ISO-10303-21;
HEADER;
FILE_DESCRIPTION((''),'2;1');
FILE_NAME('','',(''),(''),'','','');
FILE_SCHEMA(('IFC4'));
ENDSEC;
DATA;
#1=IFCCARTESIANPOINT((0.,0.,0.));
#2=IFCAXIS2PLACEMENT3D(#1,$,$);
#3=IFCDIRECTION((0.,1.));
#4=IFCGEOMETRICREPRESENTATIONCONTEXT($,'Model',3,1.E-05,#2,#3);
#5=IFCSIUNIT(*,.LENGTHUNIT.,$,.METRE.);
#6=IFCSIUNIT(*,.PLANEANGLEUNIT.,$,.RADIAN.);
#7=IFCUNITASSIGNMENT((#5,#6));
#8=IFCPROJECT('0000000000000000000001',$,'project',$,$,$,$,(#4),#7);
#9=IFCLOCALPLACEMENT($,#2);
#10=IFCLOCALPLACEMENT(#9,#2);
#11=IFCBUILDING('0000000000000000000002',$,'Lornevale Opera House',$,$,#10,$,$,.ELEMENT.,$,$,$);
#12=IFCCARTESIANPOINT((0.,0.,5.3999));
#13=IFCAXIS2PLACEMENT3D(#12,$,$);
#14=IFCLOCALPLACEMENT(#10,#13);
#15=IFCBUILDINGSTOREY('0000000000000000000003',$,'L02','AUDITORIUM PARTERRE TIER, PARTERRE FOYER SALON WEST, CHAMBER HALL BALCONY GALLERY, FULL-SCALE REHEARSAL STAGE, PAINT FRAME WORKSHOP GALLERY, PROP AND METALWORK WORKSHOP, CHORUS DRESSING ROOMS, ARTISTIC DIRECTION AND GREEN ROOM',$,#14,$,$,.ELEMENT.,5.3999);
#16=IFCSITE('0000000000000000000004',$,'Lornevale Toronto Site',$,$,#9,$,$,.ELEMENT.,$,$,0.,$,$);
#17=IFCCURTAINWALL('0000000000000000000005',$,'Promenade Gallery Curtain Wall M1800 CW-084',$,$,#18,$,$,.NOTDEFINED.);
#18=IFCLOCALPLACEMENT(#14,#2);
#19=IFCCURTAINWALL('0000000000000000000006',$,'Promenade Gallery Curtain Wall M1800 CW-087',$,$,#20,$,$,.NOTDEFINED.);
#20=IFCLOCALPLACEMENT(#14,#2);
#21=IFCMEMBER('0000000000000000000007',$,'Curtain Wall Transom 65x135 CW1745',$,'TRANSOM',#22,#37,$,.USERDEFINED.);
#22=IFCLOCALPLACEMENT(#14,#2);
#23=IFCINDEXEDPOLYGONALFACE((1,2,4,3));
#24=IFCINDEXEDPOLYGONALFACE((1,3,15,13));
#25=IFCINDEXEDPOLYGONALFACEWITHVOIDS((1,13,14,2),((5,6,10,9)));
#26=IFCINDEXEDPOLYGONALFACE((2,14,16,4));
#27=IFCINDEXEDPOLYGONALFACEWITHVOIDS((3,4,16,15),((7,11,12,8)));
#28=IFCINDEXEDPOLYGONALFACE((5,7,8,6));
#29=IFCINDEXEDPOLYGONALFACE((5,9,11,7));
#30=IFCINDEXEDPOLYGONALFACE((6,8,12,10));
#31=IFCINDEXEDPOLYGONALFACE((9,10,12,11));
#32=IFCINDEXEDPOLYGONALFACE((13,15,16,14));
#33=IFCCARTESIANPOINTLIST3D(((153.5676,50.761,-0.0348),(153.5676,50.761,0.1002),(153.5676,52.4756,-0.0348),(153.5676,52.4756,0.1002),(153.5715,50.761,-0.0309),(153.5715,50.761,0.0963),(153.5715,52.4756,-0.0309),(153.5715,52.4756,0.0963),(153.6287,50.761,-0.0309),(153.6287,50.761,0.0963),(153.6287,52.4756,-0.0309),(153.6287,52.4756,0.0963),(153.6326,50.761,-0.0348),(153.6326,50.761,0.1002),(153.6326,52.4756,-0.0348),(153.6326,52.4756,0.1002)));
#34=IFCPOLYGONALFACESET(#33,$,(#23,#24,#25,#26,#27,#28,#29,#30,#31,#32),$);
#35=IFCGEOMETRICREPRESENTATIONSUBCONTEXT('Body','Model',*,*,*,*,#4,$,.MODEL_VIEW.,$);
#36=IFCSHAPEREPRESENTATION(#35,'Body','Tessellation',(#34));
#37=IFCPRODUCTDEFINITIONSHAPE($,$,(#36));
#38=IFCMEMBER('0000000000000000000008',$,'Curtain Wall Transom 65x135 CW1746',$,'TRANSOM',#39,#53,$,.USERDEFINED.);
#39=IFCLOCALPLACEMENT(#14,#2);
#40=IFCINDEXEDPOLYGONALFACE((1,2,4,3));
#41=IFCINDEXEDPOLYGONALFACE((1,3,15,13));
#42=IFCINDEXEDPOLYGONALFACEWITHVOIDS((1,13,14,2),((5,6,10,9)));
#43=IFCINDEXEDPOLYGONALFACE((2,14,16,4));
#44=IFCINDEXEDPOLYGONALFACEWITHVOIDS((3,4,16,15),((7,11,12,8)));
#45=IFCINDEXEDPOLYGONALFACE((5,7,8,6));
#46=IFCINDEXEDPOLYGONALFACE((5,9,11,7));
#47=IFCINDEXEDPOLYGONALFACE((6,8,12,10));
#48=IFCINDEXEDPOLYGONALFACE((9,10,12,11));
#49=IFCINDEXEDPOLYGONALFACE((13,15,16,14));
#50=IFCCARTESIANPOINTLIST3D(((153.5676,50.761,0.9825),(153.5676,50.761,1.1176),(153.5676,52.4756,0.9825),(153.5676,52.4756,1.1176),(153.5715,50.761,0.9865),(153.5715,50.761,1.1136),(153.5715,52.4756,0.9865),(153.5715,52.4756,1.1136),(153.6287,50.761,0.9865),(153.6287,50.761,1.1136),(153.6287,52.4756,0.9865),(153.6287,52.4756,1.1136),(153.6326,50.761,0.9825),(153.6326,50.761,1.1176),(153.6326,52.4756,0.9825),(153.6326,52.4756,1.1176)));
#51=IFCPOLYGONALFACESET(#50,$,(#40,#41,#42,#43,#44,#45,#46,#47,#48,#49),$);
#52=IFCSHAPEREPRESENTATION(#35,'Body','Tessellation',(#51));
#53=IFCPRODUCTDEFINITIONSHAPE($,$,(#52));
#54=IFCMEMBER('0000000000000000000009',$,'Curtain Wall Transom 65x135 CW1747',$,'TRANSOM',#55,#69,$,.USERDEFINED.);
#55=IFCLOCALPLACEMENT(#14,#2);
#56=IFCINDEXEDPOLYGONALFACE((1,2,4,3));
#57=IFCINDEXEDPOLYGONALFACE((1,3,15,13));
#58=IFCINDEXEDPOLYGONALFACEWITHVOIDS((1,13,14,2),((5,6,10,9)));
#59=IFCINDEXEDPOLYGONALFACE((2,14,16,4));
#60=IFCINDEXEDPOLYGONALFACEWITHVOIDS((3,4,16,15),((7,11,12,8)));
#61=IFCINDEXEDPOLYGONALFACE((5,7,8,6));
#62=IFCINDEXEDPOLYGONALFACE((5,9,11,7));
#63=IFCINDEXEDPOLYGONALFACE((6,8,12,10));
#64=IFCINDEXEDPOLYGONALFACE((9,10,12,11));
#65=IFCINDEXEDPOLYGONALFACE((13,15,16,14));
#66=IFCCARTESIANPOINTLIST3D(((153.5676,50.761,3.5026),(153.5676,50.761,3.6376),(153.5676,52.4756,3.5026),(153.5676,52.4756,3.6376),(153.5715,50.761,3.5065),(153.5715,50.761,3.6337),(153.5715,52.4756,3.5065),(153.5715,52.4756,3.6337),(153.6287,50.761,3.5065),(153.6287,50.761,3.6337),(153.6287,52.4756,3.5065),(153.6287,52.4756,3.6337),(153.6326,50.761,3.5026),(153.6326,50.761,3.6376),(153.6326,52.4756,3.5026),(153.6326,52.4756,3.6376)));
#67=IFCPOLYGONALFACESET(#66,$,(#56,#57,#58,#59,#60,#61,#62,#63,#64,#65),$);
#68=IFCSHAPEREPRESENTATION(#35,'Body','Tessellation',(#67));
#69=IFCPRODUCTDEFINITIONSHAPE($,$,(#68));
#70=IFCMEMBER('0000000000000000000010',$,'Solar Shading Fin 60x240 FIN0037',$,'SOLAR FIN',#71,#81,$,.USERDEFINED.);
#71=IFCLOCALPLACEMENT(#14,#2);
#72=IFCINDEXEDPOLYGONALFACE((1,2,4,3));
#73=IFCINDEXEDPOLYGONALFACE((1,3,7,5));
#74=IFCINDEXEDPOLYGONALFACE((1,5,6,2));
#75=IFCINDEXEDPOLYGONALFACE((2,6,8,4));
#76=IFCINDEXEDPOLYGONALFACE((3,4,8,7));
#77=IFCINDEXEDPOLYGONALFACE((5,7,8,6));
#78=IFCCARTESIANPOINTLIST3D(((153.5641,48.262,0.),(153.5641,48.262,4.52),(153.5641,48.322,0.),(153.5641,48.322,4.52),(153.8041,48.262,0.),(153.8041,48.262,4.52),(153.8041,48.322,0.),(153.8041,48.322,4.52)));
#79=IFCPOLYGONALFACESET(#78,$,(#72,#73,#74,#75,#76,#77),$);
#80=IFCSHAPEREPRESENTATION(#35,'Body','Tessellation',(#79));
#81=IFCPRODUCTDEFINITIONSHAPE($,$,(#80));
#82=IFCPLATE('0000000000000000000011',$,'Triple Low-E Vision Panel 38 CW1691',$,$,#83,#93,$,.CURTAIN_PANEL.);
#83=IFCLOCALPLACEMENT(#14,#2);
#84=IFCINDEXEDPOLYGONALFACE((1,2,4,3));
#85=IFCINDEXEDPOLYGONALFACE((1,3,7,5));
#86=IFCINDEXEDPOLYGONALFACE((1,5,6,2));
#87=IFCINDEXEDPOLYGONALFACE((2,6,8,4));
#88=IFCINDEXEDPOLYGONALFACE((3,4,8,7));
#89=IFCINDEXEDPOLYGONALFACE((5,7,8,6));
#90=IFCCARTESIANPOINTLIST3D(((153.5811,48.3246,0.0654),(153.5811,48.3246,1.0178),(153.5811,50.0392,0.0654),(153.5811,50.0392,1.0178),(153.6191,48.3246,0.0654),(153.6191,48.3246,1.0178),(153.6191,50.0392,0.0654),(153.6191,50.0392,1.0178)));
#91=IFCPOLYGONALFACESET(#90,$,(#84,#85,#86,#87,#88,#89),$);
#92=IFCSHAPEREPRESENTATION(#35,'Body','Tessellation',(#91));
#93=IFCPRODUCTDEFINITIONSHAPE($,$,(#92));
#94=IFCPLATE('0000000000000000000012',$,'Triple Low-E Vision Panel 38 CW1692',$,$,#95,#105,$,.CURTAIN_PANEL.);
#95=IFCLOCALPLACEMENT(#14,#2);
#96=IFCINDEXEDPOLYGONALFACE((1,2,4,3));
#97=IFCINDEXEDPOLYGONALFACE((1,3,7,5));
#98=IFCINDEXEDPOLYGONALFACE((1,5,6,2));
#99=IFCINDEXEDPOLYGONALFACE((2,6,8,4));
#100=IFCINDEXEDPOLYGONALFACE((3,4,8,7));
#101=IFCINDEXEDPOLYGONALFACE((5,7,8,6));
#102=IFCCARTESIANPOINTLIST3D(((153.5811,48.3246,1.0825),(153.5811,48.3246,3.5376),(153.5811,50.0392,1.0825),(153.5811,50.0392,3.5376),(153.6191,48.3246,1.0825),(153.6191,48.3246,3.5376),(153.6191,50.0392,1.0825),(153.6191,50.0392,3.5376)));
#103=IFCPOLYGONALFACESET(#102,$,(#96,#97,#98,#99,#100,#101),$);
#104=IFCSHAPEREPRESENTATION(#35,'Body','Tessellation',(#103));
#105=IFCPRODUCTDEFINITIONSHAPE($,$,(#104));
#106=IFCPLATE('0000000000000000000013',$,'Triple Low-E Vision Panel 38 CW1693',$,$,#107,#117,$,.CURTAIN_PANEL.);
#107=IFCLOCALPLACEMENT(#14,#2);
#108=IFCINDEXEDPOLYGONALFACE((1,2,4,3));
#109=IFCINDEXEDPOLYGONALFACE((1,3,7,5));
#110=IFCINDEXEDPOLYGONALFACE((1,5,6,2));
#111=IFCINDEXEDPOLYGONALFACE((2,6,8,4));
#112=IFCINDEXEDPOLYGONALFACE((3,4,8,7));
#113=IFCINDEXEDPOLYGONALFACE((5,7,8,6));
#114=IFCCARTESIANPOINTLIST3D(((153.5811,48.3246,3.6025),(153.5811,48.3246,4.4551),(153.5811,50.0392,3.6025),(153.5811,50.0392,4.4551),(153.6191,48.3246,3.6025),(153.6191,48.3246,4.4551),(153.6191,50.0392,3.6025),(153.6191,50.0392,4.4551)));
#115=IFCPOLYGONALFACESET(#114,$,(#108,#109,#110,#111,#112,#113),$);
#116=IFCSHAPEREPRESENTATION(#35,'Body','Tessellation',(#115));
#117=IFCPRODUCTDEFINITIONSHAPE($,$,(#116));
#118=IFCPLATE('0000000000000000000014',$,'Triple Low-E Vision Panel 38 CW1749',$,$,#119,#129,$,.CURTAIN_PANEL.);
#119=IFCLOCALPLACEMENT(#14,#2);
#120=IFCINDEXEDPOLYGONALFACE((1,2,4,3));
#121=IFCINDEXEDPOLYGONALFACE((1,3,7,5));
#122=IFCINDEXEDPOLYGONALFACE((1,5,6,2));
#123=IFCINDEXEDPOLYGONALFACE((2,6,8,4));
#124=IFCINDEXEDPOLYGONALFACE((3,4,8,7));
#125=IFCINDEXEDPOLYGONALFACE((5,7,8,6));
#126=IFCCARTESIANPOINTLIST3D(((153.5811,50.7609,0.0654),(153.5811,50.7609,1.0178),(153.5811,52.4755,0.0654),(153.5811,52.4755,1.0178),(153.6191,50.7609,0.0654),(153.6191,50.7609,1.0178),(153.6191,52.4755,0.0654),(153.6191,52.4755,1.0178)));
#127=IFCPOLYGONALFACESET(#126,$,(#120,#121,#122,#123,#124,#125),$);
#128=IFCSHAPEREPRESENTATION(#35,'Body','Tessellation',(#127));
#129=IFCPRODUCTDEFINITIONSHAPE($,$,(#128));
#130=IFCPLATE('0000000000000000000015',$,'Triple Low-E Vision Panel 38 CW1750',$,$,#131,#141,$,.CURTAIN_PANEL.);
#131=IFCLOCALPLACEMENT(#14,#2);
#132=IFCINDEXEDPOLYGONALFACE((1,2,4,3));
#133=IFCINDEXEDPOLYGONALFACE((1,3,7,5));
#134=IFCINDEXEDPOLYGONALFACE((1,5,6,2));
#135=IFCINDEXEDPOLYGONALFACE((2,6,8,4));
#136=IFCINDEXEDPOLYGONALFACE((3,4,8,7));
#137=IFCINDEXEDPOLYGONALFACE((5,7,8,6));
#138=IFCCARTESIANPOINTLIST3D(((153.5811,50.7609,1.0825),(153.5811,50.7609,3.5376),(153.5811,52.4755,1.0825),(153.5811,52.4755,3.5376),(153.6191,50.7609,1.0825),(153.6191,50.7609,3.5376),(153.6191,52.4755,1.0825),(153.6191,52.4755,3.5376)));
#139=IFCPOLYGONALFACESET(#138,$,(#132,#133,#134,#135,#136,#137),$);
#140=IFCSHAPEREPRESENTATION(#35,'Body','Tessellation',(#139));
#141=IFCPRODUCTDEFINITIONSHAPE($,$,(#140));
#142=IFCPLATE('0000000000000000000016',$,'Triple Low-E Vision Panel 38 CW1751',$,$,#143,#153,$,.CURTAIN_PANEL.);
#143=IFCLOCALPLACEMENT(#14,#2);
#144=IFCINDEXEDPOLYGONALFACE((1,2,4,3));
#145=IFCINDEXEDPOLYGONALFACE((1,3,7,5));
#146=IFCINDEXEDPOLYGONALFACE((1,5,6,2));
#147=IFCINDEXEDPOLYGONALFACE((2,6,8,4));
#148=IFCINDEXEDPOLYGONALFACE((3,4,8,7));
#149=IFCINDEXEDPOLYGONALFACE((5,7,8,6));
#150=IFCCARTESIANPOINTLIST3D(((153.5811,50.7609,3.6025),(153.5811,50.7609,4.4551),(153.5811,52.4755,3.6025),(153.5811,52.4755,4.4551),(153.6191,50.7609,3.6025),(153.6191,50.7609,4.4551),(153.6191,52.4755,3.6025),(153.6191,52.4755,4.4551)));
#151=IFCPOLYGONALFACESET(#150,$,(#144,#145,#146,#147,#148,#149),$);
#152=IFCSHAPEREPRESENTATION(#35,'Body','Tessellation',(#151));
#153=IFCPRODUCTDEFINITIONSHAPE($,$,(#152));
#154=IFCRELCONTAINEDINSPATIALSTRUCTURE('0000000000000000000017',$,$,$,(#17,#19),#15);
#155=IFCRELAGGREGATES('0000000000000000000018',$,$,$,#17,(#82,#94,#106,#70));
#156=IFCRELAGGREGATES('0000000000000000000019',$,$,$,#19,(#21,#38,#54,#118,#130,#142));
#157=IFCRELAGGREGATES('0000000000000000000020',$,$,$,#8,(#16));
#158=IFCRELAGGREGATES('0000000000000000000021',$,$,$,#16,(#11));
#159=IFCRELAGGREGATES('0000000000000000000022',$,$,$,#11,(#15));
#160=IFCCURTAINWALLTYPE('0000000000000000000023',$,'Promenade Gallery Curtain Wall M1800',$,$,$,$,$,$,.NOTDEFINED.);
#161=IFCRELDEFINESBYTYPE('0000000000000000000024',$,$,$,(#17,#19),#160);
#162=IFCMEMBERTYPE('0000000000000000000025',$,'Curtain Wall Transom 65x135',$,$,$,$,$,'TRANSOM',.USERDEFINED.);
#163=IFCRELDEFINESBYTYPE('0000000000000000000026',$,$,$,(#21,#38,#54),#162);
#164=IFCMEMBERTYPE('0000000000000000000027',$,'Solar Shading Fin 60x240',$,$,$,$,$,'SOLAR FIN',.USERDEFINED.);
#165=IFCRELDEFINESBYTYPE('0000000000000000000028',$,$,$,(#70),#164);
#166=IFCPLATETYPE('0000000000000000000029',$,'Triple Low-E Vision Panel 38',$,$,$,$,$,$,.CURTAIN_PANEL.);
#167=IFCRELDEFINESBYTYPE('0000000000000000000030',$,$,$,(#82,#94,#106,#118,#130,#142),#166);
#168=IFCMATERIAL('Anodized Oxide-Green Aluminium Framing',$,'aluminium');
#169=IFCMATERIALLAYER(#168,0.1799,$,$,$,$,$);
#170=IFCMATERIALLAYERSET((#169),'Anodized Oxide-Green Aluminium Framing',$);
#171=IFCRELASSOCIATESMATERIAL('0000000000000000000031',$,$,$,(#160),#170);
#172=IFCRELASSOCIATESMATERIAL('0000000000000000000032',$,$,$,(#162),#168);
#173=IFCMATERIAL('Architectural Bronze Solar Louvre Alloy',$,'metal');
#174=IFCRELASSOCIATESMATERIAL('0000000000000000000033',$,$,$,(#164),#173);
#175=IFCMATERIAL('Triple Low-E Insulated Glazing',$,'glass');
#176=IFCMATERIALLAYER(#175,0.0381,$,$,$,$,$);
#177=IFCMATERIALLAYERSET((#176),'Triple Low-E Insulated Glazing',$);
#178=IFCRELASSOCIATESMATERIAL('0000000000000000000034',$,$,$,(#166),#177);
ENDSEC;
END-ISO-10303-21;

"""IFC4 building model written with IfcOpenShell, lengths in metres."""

from ifc_helpers import new_model, si_unit, direction, frame, origin, origin_2d, place, context, subcontext, project, spatial, rectangle, hollow_rectangle, extrude, material, layer, layer_set, material_profile, profile_set, type_object, element, aggregate, save


model = new_model("IFC4")

# Units and contexts
model_context = context("Model", 3, precision=1e-05, world=origin(), true_north=direction((0.0, 1.0)))
body_context = subcontext(model_context, "Body", "Model", "MODEL_VIEW")
ifc_project = project(units=[si_unit("LENGTHUNIT", "METRE"), si_unit("PLANEANGLEUNIT", "RADIAN")], contexts=[model_context])

# Site, building, storey
site_placement = place(None, origin())
site = spatial("IfcSite", under=ifc_project, at=site_placement, Name="Lornevale Toronto Site", CompositionType="ELEMENT", RefElevation=0.0)
building_placement = place(site_placement, origin())
building = spatial("IfcBuilding", under=site, at=building_placement, Name="Lornevale Opera House", CompositionType="ELEMENT")
storey_placement = place(building_placement, frame((0.0, 0.0, 5.3999)))
storey = spatial("IfcBuildingStorey", under=building, at=storey_placement, Name="L02", Description="AUDITORIUM PARTERRE TIER, PARTERRE FOYER SALON WEST, CHAMBER HALL BALCONY GALLERY, FULL-SCALE REHEARSAL STAGE, PAINT FRAME WORKSHOP GALLERY, PROP AND METALWORK WORKSHOP, CHORUS DRESSING ROOMS, ARTISTIC DIRECTION AND GREEN ROOM", CompositionType="ELEMENT", Elevation=5.3999)

# Curtain wall
ifc_material_1 = material(Name="Anodized Oxide-Green Aluminium Framing", Category="aluminium")
ifc_layer_1 = layer(ifc_material_1, 0.1799)
ifc_layer_set_1 = layer_set([ifc_layer_1], Name="Anodized Oxide-Green Aluminium Framing")
curtain_wall_type = type_object("IfcCurtainWallType", Name="Promenade Gallery Curtain Wall M1800", PredefinedType="NOTDEFINED", material=ifc_layer_set_1)
curtain_wall_1_placement = place(storey_placement, origin())
curtain_wall_1 = element("IfcCurtainWall", 1, at=curtain_wall_1_placement, inside=storey, type_object=curtain_wall_type, Name="Promenade Gallery Curtain Wall M1800 CW-084", PredefinedType="NOTDEFINED")

# Curtain wall
curtain_wall_2_placement = place(storey_placement, origin())
curtain_wall_2 = element("IfcCurtainWall", 2, at=curtain_wall_2_placement, inside=storey, type_object=curtain_wall_type, Name="Promenade Gallery Curtain Wall M1800 CW-087", PredefinedType="NOTDEFINED")

# Members
ifc_material_profile_1 = material_profile(ifc_material_1, hollow_rectangle(XDim=0.0649, YDim=0.135, WallThickness=0.0039, at=origin_2d()), Name="ALU65x135x4")
ifc_profile_set_1 = profile_set([ifc_material_profile_1], Name="Anodized Oxide-Green Aluminium Framing")
member_type_1 = type_object("IfcMemberType", Name="Curtain Wall Transom 65x135", ElementType="TRANSOM", PredefinedType="USERDEFINED", material=ifc_profile_set_1)
member_1_placement = place(storey_placement, frame((153.6001, 52.4756, 0.0327), z_axis=(0.0, -1.0, 0.0), x_axis=(1.0, 0.0, 0.0)))
member_1 = element("IfcMember", 3, at=member_1_placement, type_object=member_type_1, Name="Curtain Wall Transom 65x135 CW1745", ObjectType="TRANSOM", PredefinedType="USERDEFINED", context=body_context, shape_type="SweptSolid", body=[
    extrude(hollow_rectangle(XDim=0.0649, YDim=0.135, WallThickness=0.0039, at=origin_2d()), origin(), (0.0, 0.0, 1.0), 1.7146),
])
member_2_placement = place(storey_placement, frame((153.6001, 52.4756, 1.05), z_axis=(0.0, -1.0, 0.0), x_axis=(1.0, 0.0, 0.0)))
member_2 = element("IfcMember", 4, at=member_2_placement, type_object=member_type_1, Name="Curtain Wall Transom 65x135 CW1746", ObjectType="TRANSOM", PredefinedType="USERDEFINED", context=body_context, shape_type="SweptSolid", body=[
    extrude(hollow_rectangle(XDim=0.0649, YDim=0.135, WallThickness=0.0039, at=origin_2d()), origin(), (0.0, 0.0, 1.0), 1.7146),
])
member_3_placement = place(storey_placement, frame((153.6001, 52.4756, 3.5701), z_axis=(0.0, -1.0, 0.0), x_axis=(1.0, 0.0, 0.0)))
member_3 = element("IfcMember", 5, at=member_3_placement, type_object=member_type_1, Name="Curtain Wall Transom 65x135 CW1747", ObjectType="TRANSOM", PredefinedType="USERDEFINED", context=body_context, shape_type="SweptSolid", body=[
    extrude(hollow_rectangle(XDim=0.0649, YDim=0.135, WallThickness=0.0039, at=origin_2d()), origin(), (0.0, 0.0, 1.0), 1.7146),
])
ifc_material_2 = material(Name="Architectural Bronze Solar Louvre Alloy", Category="metal")
ifc_material_profile_2 = material_profile(ifc_material_2, rectangle(XDim=0.0601, YDim=0.24, at=origin_2d()), Name="FIN60x240")
ifc_profile_set_2 = profile_set([ifc_material_profile_2], Name="Architectural Bronze Solar Louvre Alloy")
member_type_2 = type_object("IfcMemberType", Name="Solar Shading Fin 60x240", ElementType="SOLAR FIN", PredefinedType="USERDEFINED", material=ifc_profile_set_2)
member_4_placement = place(storey_placement, frame((153.6841, 48.292, 0.0), z_axis=(0.0, 0.0, 1.0), x_axis=(0.0, -1.0, 0.0)))
member_4 = element("IfcMember", 6, at=member_4_placement, type_object=member_type_2, Name="Solar Shading Fin 60x240 FIN0037", ObjectType="SOLAR FIN", PredefinedType="USERDEFINED", context=body_context, shape_type="SweptSolid", body=[
    extrude(rectangle(XDim=0.0601, YDim=0.24, at=origin_2d()), origin(), (0.0, 0.0, 1.0), 4.52),
])

# Plates
ifc_material_3 = material(Name="Triple Low-E Insulated Glazing", Category="glass")
ifc_layer_2 = layer(ifc_material_3, 0.0381)
ifc_layer_set_2 = layer_set([ifc_layer_2], Name="Triple Low-E Insulated Glazing")
plate_type = type_object("IfcPlateType", Name="Triple Low-E Vision Panel 38", PredefinedType="CURTAIN_PANEL", material=ifc_layer_set_2)
plate_1_placement = place(storey_placement, frame((153.6001, 49.1819, 0.0654), z_axis=(0.0, 0.0, 1.0), x_axis=(0.0, -1.0, 0.0)))
plate_1 = element("IfcPlate", 7, at=plate_1_placement, type_object=plate_type, Name="Triple Low-E Vision Panel 38 CW1691", PredefinedType="CURTAIN_PANEL", context=body_context, shape_type="SweptSolid", body=[
    extrude(rectangle(XDim=1.7146, YDim=0.0381, at=origin_2d()), origin(), (0.0, 0.0, 1.0), 0.9524),
])
plate_2_placement = place(storey_placement, frame((153.6001, 49.1819, 1.0825), z_axis=(0.0, 0.0, 1.0), x_axis=(0.0, -1.0, 0.0)))
plate_2 = element("IfcPlate", 8, at=plate_2_placement, type_object=plate_type, Name="Triple Low-E Vision Panel 38 CW1692", PredefinedType="CURTAIN_PANEL", context=body_context, shape_type="SweptSolid", body=[
    extrude(rectangle(XDim=1.7146, YDim=0.0381, at=origin_2d()), origin(), (0.0, 0.0, 1.0), 2.4551),
])
plate_3_placement = place(storey_placement, frame((153.6001, 49.1819, 3.6025), z_axis=(0.0, 0.0, 1.0), x_axis=(0.0, -1.0, 0.0)))
plate_3 = element("IfcPlate", 9, at=plate_3_placement, type_object=plate_type, Name="Triple Low-E Vision Panel 38 CW1693", PredefinedType="CURTAIN_PANEL", context=body_context, shape_type="SweptSolid", body=[
    extrude(rectangle(XDim=1.7146, YDim=0.0381, at=origin_2d()), origin(), (0.0, 0.0, 1.0), 0.8525),
])
aggregate(curtain_wall_1, [plate_1, plate_2, plate_3, member_4])
plate_4_placement = place(storey_placement, frame((153.6001, 51.6182, 0.0654), z_axis=(0.0, 0.0, 1.0), x_axis=(0.0, -1.0, 0.0)))
plate_4 = element("IfcPlate", 10, at=plate_4_placement, type_object=plate_type, Name="Triple Low-E Vision Panel 38 CW1749", PredefinedType="CURTAIN_PANEL", context=body_context, shape_type="SweptSolid", body=[
    extrude(rectangle(XDim=1.7146, YDim=0.0381, at=origin_2d()), origin(), (0.0, 0.0, 1.0), 0.9524),
])
plate_5_placement = place(storey_placement, frame((153.6001, 51.6182, 1.0825), z_axis=(0.0, 0.0, 1.0), x_axis=(0.0, -1.0, 0.0)))
plate_5 = element("IfcPlate", 11, at=plate_5_placement, type_object=plate_type, Name="Triple Low-E Vision Panel 38 CW1750", PredefinedType="CURTAIN_PANEL", context=body_context, shape_type="SweptSolid", body=[
    extrude(rectangle(XDim=1.7146, YDim=0.0381, at=origin_2d()), origin(), (0.0, 0.0, 1.0), 2.4551),
])
plate_6_placement = place(storey_placement, frame((153.6001, 51.6182, 3.6025), z_axis=(0.0, 0.0, 1.0), x_axis=(0.0, -1.0, 0.0)))
plate_6 = element("IfcPlate", 12, at=plate_6_placement, type_object=plate_type, Name="Triple Low-E Vision Panel 38 CW1751", PredefinedType="CURTAIN_PANEL", context=body_context, shape_type="SweptSolid", body=[
    extrude(rectangle(XDim=1.7146, YDim=0.0381, at=origin_2d()), origin(), (0.0, 0.0, 1.0), 0.8525),
])
aggregate(curtain_wall_2, [member_1, member_2, member_3, plate_4, plate_5, plate_6])

save(model, "model.ifc")
